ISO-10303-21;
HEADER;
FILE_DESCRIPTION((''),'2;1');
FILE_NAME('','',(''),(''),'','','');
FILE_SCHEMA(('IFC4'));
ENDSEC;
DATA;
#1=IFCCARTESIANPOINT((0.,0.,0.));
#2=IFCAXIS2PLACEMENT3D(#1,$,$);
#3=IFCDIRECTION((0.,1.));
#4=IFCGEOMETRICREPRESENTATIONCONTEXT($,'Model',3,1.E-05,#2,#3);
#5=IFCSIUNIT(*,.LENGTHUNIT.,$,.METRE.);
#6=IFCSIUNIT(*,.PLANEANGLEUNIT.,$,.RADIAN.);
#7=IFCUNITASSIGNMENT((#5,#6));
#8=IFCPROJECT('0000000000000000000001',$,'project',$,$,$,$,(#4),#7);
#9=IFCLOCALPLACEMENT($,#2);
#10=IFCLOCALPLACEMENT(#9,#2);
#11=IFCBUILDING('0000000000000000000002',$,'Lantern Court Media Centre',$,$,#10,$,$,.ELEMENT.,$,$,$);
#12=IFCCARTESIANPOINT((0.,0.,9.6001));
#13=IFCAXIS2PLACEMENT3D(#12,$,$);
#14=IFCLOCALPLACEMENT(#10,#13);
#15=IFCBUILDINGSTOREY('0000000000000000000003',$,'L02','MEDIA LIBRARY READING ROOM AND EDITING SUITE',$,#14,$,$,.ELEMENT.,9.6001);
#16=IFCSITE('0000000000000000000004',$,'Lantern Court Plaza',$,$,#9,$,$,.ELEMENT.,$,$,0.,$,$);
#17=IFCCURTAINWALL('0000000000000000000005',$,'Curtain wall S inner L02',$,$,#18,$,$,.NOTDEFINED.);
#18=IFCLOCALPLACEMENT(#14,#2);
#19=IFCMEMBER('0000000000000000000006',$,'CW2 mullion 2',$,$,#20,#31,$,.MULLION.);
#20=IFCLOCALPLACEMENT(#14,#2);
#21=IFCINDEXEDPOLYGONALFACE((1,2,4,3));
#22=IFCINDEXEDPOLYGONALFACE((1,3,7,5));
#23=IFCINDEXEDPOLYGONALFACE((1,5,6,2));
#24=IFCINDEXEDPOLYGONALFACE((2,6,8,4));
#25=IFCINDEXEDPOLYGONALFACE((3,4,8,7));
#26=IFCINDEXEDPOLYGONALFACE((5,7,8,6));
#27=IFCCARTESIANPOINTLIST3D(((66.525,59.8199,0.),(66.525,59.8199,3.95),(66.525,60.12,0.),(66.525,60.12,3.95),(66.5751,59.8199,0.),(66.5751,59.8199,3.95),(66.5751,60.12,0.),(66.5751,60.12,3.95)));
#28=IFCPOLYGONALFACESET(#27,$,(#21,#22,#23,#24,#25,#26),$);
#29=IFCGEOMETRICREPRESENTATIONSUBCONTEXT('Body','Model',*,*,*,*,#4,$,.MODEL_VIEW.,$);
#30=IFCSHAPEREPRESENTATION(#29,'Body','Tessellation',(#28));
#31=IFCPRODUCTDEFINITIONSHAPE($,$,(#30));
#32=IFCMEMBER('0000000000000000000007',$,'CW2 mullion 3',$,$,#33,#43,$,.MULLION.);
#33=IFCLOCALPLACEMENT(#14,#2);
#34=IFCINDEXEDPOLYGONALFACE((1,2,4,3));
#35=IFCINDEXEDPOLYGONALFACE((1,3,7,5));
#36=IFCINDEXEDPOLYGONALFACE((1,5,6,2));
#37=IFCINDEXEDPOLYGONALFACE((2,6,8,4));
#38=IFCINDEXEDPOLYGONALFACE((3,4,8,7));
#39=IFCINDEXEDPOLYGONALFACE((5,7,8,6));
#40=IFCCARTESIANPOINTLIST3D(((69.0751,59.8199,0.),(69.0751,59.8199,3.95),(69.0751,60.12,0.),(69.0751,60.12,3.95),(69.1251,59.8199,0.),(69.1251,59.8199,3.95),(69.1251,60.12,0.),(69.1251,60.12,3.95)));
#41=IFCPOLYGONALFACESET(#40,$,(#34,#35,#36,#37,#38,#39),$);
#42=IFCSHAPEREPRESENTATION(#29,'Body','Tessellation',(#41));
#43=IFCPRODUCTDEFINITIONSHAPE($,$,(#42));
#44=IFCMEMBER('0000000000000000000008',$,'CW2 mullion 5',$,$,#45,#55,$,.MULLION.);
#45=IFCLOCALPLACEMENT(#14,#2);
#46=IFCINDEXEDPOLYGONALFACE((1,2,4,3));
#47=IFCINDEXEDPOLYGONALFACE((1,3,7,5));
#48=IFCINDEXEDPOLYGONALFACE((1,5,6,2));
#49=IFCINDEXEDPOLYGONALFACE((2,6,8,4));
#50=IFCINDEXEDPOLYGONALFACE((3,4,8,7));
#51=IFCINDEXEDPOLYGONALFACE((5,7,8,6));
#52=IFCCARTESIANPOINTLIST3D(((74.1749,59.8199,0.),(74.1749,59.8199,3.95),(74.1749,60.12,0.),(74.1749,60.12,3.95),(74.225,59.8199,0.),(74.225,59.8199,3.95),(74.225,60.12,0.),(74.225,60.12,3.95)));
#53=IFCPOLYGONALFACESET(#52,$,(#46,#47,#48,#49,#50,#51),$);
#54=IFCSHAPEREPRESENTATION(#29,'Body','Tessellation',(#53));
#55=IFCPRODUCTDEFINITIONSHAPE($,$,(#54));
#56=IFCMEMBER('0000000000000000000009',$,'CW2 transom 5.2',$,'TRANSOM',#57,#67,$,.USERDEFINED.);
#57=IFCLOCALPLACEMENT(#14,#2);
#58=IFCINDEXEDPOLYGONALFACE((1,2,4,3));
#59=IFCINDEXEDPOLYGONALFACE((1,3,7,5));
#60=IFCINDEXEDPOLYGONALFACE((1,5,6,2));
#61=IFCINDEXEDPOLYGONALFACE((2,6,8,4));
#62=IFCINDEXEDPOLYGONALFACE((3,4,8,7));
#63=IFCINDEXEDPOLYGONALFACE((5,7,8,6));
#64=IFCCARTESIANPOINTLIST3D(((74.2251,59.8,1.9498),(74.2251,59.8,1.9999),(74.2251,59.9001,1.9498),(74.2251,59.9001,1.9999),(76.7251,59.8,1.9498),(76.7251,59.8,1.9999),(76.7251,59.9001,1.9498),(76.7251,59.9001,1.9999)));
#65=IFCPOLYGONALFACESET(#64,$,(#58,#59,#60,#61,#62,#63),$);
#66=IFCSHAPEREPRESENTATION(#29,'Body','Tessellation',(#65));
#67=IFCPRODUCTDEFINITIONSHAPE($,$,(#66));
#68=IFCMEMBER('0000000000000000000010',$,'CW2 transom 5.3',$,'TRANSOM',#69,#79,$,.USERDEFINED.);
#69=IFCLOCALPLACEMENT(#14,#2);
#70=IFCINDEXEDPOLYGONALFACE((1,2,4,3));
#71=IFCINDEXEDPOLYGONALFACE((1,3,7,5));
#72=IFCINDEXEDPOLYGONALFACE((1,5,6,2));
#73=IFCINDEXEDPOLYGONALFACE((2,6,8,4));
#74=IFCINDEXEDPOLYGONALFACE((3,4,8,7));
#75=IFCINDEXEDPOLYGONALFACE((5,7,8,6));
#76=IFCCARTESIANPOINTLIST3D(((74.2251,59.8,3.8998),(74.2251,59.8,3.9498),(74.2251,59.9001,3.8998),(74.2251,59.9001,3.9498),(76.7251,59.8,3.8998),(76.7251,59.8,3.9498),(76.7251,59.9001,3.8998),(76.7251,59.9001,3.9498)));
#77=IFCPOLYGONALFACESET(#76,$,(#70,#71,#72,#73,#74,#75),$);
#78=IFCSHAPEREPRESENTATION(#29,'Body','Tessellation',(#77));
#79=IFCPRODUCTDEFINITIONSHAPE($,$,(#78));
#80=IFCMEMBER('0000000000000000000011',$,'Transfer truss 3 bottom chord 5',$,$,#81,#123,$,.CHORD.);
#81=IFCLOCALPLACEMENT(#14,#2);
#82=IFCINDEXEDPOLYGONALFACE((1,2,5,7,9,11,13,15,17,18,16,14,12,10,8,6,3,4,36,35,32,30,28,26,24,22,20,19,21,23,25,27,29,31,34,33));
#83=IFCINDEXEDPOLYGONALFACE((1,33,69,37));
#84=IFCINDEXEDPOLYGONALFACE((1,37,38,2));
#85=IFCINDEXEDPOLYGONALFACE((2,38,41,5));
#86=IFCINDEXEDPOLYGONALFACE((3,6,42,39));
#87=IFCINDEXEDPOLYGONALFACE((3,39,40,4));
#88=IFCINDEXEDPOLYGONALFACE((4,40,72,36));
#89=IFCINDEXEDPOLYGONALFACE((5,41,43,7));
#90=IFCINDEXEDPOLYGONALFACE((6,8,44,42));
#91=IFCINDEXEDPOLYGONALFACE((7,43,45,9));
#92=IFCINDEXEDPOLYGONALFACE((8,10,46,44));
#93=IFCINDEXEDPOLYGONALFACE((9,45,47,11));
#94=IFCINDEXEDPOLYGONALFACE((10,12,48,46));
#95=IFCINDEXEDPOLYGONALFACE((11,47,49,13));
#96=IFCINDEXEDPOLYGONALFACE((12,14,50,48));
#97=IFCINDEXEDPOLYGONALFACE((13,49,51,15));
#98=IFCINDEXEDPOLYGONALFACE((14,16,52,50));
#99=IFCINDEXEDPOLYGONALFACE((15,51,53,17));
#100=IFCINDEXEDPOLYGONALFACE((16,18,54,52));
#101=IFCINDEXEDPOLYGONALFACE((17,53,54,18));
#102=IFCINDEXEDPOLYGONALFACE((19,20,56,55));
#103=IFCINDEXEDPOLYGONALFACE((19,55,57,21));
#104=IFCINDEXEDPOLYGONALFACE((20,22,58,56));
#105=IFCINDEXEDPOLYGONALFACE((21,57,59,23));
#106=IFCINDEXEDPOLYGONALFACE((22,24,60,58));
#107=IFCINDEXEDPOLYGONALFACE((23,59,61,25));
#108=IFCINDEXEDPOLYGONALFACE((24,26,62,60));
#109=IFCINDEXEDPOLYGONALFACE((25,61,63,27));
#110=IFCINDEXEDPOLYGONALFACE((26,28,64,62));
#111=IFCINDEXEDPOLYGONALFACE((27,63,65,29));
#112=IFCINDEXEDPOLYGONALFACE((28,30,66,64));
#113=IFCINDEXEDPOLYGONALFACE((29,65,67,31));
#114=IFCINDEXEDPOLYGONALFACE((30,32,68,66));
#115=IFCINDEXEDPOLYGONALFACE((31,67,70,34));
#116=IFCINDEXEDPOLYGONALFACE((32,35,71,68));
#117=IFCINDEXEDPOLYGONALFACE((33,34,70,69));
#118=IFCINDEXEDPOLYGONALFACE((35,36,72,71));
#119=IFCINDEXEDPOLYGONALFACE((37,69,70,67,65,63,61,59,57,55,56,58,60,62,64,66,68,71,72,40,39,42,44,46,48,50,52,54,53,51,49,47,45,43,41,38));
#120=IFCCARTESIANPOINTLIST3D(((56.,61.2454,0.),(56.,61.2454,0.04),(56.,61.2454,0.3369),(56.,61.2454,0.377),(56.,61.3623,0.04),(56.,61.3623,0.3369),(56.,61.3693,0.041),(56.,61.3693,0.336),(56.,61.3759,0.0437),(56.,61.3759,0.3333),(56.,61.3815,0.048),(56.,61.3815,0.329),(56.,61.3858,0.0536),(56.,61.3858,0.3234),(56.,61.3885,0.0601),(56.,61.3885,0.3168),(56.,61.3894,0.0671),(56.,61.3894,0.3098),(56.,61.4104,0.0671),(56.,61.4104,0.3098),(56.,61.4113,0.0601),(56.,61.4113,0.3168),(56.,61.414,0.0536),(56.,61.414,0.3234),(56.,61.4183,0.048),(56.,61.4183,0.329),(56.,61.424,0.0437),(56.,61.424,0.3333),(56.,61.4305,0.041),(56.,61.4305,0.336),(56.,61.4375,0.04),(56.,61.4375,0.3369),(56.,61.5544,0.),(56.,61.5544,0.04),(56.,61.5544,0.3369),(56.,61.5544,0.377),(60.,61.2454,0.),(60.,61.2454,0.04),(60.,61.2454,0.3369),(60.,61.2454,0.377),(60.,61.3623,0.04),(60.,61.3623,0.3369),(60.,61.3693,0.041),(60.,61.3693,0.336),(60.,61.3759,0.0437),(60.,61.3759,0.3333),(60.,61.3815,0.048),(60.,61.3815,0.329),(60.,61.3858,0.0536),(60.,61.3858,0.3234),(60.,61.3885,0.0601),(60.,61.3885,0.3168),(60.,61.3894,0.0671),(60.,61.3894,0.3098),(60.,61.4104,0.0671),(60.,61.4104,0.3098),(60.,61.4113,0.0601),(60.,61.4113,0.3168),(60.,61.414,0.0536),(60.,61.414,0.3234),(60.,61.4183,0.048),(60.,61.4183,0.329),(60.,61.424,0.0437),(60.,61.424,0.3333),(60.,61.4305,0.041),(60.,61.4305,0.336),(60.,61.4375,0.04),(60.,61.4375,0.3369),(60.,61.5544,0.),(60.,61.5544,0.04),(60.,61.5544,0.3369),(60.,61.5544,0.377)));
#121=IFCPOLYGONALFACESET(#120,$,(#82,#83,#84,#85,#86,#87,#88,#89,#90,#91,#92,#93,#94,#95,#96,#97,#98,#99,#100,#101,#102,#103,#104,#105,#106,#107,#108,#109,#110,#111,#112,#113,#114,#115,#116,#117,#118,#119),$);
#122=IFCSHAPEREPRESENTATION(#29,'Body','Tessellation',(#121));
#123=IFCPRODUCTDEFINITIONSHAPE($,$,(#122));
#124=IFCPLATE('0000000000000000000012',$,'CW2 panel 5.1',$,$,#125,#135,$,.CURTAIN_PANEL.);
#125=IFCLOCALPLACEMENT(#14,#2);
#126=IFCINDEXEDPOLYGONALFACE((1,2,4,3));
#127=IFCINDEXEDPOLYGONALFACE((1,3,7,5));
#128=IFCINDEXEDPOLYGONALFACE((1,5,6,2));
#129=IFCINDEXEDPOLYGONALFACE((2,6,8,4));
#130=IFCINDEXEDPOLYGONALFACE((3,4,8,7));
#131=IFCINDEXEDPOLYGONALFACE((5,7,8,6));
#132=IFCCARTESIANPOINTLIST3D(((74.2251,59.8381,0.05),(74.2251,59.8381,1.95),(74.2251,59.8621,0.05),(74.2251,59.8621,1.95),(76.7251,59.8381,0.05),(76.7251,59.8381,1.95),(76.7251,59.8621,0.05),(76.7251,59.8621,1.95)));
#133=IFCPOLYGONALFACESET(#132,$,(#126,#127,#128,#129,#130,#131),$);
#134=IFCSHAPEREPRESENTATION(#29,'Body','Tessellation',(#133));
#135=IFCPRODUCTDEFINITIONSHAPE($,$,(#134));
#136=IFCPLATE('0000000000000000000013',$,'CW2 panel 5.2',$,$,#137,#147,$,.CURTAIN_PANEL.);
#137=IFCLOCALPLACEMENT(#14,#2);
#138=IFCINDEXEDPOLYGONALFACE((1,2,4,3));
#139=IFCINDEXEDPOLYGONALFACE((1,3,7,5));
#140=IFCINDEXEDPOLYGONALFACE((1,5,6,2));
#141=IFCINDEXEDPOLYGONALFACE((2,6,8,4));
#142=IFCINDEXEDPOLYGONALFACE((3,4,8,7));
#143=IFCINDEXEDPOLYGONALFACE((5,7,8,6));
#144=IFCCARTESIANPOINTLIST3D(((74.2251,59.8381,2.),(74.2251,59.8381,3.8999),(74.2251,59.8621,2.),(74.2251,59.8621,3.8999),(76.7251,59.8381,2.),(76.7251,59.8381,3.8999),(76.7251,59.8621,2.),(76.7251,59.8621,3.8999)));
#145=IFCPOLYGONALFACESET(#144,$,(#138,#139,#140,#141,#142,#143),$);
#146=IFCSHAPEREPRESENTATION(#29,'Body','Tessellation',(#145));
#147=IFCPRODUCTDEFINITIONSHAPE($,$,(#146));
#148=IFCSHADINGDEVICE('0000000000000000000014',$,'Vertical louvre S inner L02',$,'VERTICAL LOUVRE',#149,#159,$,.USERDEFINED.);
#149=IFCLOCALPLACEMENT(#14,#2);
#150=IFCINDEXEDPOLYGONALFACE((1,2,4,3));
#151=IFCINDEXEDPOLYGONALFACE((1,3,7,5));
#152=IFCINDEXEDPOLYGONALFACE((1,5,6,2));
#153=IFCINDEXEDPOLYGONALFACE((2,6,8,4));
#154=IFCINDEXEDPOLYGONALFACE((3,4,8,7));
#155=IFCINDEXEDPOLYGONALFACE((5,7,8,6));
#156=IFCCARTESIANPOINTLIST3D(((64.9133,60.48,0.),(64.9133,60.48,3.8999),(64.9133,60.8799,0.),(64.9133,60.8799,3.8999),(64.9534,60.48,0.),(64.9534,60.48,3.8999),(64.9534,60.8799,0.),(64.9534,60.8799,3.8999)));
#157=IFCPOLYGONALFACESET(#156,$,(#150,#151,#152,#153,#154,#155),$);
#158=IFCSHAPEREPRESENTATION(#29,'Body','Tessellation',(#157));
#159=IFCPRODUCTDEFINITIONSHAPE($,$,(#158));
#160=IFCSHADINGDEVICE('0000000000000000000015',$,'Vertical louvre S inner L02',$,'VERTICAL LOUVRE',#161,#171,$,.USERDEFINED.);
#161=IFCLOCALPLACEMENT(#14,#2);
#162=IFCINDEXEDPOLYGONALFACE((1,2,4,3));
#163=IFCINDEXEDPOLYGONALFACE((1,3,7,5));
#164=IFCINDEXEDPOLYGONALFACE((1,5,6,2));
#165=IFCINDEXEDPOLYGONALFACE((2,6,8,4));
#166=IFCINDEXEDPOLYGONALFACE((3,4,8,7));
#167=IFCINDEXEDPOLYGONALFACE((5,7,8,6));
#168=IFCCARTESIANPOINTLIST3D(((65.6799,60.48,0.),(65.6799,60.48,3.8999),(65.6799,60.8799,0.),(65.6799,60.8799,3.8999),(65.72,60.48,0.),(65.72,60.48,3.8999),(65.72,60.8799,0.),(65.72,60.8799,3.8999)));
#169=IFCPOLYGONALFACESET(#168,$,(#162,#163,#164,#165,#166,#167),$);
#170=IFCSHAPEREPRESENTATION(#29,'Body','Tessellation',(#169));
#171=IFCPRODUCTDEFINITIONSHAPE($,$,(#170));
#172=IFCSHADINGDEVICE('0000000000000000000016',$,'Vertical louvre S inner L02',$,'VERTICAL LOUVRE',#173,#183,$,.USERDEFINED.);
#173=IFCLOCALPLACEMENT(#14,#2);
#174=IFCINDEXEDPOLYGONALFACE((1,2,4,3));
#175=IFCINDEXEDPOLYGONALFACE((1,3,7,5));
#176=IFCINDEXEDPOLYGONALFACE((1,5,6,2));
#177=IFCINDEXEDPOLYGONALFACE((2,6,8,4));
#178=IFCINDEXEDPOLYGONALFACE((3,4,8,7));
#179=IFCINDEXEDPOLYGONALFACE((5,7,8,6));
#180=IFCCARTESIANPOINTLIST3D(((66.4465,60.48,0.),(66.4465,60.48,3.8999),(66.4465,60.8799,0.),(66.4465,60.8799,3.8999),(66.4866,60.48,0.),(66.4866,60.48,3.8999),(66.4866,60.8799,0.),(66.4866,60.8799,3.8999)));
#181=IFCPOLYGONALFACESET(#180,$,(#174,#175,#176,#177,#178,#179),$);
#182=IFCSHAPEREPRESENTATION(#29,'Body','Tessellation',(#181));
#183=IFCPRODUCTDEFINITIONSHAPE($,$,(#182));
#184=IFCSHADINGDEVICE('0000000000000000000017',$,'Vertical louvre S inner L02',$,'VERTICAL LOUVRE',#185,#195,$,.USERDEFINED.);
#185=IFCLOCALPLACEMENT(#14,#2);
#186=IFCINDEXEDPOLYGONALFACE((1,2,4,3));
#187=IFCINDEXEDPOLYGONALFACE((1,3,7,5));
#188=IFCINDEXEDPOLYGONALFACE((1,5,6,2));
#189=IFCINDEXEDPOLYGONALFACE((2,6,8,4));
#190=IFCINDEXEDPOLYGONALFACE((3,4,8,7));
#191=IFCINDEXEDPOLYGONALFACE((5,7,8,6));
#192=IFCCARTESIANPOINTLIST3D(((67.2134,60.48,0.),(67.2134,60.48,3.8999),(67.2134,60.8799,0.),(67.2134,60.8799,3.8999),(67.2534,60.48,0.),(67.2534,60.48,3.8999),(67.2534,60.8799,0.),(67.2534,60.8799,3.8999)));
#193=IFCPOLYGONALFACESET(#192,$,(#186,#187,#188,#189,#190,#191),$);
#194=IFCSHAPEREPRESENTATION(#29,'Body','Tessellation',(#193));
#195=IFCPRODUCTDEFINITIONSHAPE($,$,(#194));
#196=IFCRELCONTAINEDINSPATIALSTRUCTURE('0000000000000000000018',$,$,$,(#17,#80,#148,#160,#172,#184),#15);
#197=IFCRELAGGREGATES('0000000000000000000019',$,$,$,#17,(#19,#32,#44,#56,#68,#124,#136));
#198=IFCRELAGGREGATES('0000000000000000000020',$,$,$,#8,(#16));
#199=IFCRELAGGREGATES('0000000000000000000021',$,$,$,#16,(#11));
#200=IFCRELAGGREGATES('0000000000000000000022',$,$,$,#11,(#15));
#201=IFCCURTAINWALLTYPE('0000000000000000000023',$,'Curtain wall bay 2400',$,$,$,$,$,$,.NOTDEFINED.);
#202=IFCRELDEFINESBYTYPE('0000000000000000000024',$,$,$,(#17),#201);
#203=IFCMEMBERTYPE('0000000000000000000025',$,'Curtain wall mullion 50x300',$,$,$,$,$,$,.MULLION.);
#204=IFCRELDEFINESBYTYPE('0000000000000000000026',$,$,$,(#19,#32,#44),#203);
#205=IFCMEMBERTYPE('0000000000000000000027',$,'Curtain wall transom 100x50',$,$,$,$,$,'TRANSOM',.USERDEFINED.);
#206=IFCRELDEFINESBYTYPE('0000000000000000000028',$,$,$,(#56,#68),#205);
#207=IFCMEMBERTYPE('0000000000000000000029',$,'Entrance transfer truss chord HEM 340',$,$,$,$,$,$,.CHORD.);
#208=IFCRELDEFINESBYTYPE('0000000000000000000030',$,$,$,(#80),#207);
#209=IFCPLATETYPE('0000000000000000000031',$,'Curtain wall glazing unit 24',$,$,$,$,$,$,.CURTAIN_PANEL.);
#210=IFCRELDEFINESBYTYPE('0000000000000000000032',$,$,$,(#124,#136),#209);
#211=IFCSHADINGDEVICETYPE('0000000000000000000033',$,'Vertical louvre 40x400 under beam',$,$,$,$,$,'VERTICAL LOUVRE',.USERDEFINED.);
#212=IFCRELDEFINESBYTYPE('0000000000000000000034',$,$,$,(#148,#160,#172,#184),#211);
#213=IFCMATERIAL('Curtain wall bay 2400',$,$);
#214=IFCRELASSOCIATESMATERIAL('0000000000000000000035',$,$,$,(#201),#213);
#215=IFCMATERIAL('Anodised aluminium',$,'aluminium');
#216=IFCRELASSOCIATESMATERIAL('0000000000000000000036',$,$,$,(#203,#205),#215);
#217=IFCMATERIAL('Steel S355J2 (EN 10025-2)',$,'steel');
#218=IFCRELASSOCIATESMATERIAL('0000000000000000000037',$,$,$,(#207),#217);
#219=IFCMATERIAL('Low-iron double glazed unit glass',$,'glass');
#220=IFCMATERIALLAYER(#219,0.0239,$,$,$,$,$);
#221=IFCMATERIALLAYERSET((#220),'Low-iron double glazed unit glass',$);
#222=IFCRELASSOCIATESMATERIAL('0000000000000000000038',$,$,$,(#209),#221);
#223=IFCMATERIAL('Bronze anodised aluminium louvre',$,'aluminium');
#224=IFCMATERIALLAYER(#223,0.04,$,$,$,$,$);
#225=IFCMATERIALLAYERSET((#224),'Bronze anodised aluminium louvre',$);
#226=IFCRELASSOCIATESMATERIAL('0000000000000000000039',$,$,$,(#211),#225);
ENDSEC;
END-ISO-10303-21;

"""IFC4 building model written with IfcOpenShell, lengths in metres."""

from ifc_helpers import new_model, si_unit, direction, frame, origin, origin_2d, place, context, subcontext, project, spatial, rectangle, i_section, extrude, material, layer, layer_set, material_profile, profile_set, type_object, element, aggregate, save


model = new_model("IFC4")

# Units and contexts
model_context = context("Model", 3, precision=1e-05, world=origin(), true_north=direction((0.0, 1.0)))
body_context = subcontext(model_context, "Body", "Model", "MODEL_VIEW")
ifc_project = project(units=[si_unit("LENGTHUNIT", "METRE"), si_unit("PLANEANGLEUNIT", "RADIAN")], contexts=[model_context])

# Site, building, storey
site_placement = place(None, origin())
site = spatial("IfcSite", under=ifc_project, at=site_placement, Name="Lantern Court Plaza", CompositionType="ELEMENT", RefElevation=0.0)
building_placement = place(site_placement, origin())
building = spatial("IfcBuilding", under=site, at=building_placement, Name="Lantern Court Media Centre", CompositionType="ELEMENT")
storey_placement = place(building_placement, frame((0.0, 0.0, 9.6001)))
storey = spatial("IfcBuildingStorey", under=building, at=storey_placement, Name="L02", Description="MEDIA LIBRARY READING ROOM AND EDITING SUITE", CompositionType="ELEMENT", Elevation=9.6001)

# Curtain wall, members
ifc_material_1 = material(Name="Curtain wall bay 2400")
curtain_wall_type = type_object("IfcCurtainWallType", Name="Curtain wall bay 2400", PredefinedType="NOTDEFINED", material=ifc_material_1)
curtain_wall_placement = place(storey_placement, origin())
curtain_wall = element("IfcCurtainWall", 1, at=curtain_wall_placement, inside=storey, type_object=curtain_wall_type, Name="Curtain wall S inner L02", PredefinedType="NOTDEFINED")
ifc_material_2 = material(Name="Anodised aluminium", Category="aluminium")
ifc_material_profile_1 = material_profile(ifc_material_2, rectangle(XDim=0.3, YDim=0.05, at=origin_2d()), Name="AL 50x300")
ifc_profile_set_1 = profile_set([ifc_material_profile_1], Name="Anodised aluminium")
member_type_1 = type_object("IfcMemberType", Name="Curtain wall mullion 50x300", PredefinedType="MULLION", material=ifc_profile_set_1)
member_1_placement = place(storey_placement, frame((66.55, 59.97, 0.0), z_axis=(0.0, 0.0, 1.0), x_axis=(0.0, 1.0, 0.0)))
member_1 = element("IfcMember", 2, at=member_1_placement, type_object=member_type_1, Name="CW2 mullion 2", PredefinedType="MULLION", context=body_context, shape_type="SweptSolid", body=[
    extrude(rectangle(XDim=0.3, YDim=0.05, at=origin_2d()), origin(), (0.0, 0.0, 1.0), 3.95),
])
member_2_placement = place(storey_placement, frame((69.1001, 59.97, 0.0), z_axis=(0.0, 0.0, 1.0), x_axis=(0.0, 1.0, 0.0)))
member_2 = element("IfcMember", 3, at=member_2_placement, type_object=member_type_1, Name="CW2 mullion 3", PredefinedType="MULLION", context=body_context, shape_type="SweptSolid", body=[
    extrude(rectangle(XDim=0.3, YDim=0.05, at=origin_2d()), origin(), (0.0, 0.0, 1.0), 3.95),
])
member_3_placement = place(storey_placement, frame((74.2, 59.97, 0.0), z_axis=(0.0, 0.0, 1.0), x_axis=(0.0, 1.0, 0.0)))
member_3 = element("IfcMember", 4, at=member_3_placement, type_object=member_type_1, Name="CW2 mullion 5", PredefinedType="MULLION", context=body_context, shape_type="SweptSolid", body=[
    extrude(rectangle(XDim=0.3, YDim=0.05, at=origin_2d()), origin(), (0.0, 0.0, 1.0), 3.95),
])
ifc_material_profile_2 = material_profile(ifc_material_2, rectangle(XDim=0.1001, YDim=0.05, at=origin_2d()), Name="AL 50x100")
ifc_profile_set_2 = profile_set([ifc_material_profile_2], Name="Anodised aluminium")
member_type_2 = type_object("IfcMemberType", Name="Curtain wall transom 100x50", ElementType="TRANSOM", PredefinedType="USERDEFINED", material=ifc_profile_set_2)
member_4_placement = place(storey_placement, frame((74.2251, 59.8501, 1.9749), z_axis=(1.0, 0.0, 0.0), x_axis=(0.0, 1.0, 0.0)))
member_4 = element("IfcMember", 5, at=member_4_placement, type_object=member_type_2, Name="CW2 transom 5.2", ObjectType="TRANSOM", PredefinedType="USERDEFINED", context=body_context, shape_type="SweptSolid", body=[
    extrude(rectangle(XDim=0.1001, YDim=0.05, at=origin_2d()), origin(), (0.0, 0.0, 1.0), 2.5),
])
member_5_placement = place(storey_placement, frame((74.2251, 59.8501, 3.9248), z_axis=(1.0, 0.0, 0.0), x_axis=(0.0, 1.0, 0.0)))
member_5 = element("IfcMember", 6, at=member_5_placement, type_object=member_type_2, Name="CW2 transom 5.3", ObjectType="TRANSOM", PredefinedType="USERDEFINED", context=body_context, shape_type="SweptSolid", body=[
    extrude(rectangle(XDim=0.1001, YDim=0.05, at=origin_2d()), origin(), (0.0, 0.0, 1.0), 2.5),
])

# Member
ifc_material_3 = material(Name="Steel S355J2 (EN 10025-2)", Category="steel")
ifc_material_profile_3 = material_profile(ifc_material_3, i_section(OverallWidth=0.3091, OverallDepth=0.377, WebThickness=0.021, FlangeThickness=0.04, FilletRadius=0.0271, at=origin_2d()), Name="HEM 340")
ifc_profile_set_3 = profile_set([ifc_material_profile_3], Name="Steel S355J2 (EN 10025-2)")
member_type_3 = type_object("IfcMemberType", Name="Entrance transfer truss chord HEM 340", PredefinedType="CHORD", material=ifc_profile_set_3)
member_6_placement = place(storey_placement, frame((56.0, 61.3999, 0.1885), z_axis=(1.0, 0.0, 0.0), x_axis=(0.0, 1.0, 0.0)))
element("IfcMember", 7, at=member_6_placement, inside=storey, type_object=member_type_3, Name="Transfer truss 3 bottom chord 5", PredefinedType="CHORD", context=body_context, shape_type="SweptSolid", body=[
    extrude(i_section(OverallWidth=0.3091, OverallDepth=0.377, WebThickness=0.021, FlangeThickness=0.04, FilletRadius=0.0271, at=origin_2d()), origin(), (0.0, 0.0, 1.0), 4.0),
])

# Plates
ifc_material_4 = material(Name="Low-iron double glazed unit glass", Category="glass")
ifc_layer_1 = layer(ifc_material_4, 0.0239)
ifc_layer_set_1 = layer_set([ifc_layer_1], Name="Low-iron double glazed unit glass")
plate_type = type_object("IfcPlateType", Name="Curtain wall glazing unit 24", PredefinedType="CURTAIN_PANEL", material=ifc_layer_set_1)
plate_1_placement = place(storey_placement, frame((75.4751, 59.8501, 0.05), z_axis=(0.0, 0.0, 1.0), x_axis=(1.0, 0.0, 0.0)))
plate_1 = element("IfcPlate", 8, at=plate_1_placement, type_object=plate_type, Name="CW2 panel 5.1", PredefinedType="CURTAIN_PANEL", context=body_context, shape_type="SweptSolid", body=[
    extrude(rectangle(XDim=2.5, YDim=0.0239, at=origin_2d()), origin(), (0.0, 0.0, 1.0), 1.8999),
])
plate_2_placement = place(storey_placement, frame((75.4751, 59.8501, 2.0), z_axis=(0.0, 0.0, 1.0), x_axis=(1.0, 0.0, 0.0)))
plate_2 = element("IfcPlate", 9, at=plate_2_placement, type_object=plate_type, Name="CW2 panel 5.2", PredefinedType="CURTAIN_PANEL", context=body_context, shape_type="SweptSolid", body=[
    extrude(rectangle(XDim=2.5, YDim=0.0239, at=origin_2d()), origin(), (0.0, 0.0, 1.0), 1.8999),
])
aggregate(curtain_wall, [member_1, member_2, member_3, member_4, member_5, plate_1, plate_2])

# Shading devices
ifc_material_5 = material(Name="Bronze anodised aluminium louvre", Category="aluminium")
ifc_layer_2 = layer(ifc_material_5, 0.04)
ifc_layer_set_2 = layer_set([ifc_layer_2], Name="Bronze anodised aluminium louvre")
shading_device_type = type_object("IfcShadingDeviceType", Name="Vertical louvre 40x400 under beam", ElementType="VERTICAL LOUVRE", PredefinedType="USERDEFINED", material=ifc_layer_set_2)
for number, where, z_axis, x_axis, name in (
    (10, (64.9333, 60.6799, 0.0), (0.0, 0.0, 1.0), (1.0, 0.0, 0.0), "Vertical louvre S inner L02"),
    (11, (65.7, 60.6799, 0.0), (0.0, 0.0, 1.0), (1.0, 0.0, 0.0), "Vertical louvre S inner L02"),
    (12, (66.4666, 60.6799, 0.0), (0.0, 0.0, 1.0), (1.0, 0.0, 0.0), "Vertical louvre S inner L02"),
    (13, (67.2334, 60.6799, 0.0), (0.0, 0.0, 1.0), (1.0, 0.0, 0.0), "Vertical louvre S inner L02"),
):
    element("IfcShadingDevice", number, at=place(storey_placement, frame(where, z_axis=z_axis, x_axis=x_axis)), inside=storey, type_object=shading_device_type, Name=name, ObjectType="VERTICAL LOUVRE", PredefinedType="USERDEFINED", context=body_context, shape_type="SweptSolid", body=[
        extrude(rectangle(XDim=0.04, YDim=0.3999, at=origin_2d()), origin(), (0.0, 0.0, 1.0), 3.8999),
    ])

save(model, "model.ifc")
